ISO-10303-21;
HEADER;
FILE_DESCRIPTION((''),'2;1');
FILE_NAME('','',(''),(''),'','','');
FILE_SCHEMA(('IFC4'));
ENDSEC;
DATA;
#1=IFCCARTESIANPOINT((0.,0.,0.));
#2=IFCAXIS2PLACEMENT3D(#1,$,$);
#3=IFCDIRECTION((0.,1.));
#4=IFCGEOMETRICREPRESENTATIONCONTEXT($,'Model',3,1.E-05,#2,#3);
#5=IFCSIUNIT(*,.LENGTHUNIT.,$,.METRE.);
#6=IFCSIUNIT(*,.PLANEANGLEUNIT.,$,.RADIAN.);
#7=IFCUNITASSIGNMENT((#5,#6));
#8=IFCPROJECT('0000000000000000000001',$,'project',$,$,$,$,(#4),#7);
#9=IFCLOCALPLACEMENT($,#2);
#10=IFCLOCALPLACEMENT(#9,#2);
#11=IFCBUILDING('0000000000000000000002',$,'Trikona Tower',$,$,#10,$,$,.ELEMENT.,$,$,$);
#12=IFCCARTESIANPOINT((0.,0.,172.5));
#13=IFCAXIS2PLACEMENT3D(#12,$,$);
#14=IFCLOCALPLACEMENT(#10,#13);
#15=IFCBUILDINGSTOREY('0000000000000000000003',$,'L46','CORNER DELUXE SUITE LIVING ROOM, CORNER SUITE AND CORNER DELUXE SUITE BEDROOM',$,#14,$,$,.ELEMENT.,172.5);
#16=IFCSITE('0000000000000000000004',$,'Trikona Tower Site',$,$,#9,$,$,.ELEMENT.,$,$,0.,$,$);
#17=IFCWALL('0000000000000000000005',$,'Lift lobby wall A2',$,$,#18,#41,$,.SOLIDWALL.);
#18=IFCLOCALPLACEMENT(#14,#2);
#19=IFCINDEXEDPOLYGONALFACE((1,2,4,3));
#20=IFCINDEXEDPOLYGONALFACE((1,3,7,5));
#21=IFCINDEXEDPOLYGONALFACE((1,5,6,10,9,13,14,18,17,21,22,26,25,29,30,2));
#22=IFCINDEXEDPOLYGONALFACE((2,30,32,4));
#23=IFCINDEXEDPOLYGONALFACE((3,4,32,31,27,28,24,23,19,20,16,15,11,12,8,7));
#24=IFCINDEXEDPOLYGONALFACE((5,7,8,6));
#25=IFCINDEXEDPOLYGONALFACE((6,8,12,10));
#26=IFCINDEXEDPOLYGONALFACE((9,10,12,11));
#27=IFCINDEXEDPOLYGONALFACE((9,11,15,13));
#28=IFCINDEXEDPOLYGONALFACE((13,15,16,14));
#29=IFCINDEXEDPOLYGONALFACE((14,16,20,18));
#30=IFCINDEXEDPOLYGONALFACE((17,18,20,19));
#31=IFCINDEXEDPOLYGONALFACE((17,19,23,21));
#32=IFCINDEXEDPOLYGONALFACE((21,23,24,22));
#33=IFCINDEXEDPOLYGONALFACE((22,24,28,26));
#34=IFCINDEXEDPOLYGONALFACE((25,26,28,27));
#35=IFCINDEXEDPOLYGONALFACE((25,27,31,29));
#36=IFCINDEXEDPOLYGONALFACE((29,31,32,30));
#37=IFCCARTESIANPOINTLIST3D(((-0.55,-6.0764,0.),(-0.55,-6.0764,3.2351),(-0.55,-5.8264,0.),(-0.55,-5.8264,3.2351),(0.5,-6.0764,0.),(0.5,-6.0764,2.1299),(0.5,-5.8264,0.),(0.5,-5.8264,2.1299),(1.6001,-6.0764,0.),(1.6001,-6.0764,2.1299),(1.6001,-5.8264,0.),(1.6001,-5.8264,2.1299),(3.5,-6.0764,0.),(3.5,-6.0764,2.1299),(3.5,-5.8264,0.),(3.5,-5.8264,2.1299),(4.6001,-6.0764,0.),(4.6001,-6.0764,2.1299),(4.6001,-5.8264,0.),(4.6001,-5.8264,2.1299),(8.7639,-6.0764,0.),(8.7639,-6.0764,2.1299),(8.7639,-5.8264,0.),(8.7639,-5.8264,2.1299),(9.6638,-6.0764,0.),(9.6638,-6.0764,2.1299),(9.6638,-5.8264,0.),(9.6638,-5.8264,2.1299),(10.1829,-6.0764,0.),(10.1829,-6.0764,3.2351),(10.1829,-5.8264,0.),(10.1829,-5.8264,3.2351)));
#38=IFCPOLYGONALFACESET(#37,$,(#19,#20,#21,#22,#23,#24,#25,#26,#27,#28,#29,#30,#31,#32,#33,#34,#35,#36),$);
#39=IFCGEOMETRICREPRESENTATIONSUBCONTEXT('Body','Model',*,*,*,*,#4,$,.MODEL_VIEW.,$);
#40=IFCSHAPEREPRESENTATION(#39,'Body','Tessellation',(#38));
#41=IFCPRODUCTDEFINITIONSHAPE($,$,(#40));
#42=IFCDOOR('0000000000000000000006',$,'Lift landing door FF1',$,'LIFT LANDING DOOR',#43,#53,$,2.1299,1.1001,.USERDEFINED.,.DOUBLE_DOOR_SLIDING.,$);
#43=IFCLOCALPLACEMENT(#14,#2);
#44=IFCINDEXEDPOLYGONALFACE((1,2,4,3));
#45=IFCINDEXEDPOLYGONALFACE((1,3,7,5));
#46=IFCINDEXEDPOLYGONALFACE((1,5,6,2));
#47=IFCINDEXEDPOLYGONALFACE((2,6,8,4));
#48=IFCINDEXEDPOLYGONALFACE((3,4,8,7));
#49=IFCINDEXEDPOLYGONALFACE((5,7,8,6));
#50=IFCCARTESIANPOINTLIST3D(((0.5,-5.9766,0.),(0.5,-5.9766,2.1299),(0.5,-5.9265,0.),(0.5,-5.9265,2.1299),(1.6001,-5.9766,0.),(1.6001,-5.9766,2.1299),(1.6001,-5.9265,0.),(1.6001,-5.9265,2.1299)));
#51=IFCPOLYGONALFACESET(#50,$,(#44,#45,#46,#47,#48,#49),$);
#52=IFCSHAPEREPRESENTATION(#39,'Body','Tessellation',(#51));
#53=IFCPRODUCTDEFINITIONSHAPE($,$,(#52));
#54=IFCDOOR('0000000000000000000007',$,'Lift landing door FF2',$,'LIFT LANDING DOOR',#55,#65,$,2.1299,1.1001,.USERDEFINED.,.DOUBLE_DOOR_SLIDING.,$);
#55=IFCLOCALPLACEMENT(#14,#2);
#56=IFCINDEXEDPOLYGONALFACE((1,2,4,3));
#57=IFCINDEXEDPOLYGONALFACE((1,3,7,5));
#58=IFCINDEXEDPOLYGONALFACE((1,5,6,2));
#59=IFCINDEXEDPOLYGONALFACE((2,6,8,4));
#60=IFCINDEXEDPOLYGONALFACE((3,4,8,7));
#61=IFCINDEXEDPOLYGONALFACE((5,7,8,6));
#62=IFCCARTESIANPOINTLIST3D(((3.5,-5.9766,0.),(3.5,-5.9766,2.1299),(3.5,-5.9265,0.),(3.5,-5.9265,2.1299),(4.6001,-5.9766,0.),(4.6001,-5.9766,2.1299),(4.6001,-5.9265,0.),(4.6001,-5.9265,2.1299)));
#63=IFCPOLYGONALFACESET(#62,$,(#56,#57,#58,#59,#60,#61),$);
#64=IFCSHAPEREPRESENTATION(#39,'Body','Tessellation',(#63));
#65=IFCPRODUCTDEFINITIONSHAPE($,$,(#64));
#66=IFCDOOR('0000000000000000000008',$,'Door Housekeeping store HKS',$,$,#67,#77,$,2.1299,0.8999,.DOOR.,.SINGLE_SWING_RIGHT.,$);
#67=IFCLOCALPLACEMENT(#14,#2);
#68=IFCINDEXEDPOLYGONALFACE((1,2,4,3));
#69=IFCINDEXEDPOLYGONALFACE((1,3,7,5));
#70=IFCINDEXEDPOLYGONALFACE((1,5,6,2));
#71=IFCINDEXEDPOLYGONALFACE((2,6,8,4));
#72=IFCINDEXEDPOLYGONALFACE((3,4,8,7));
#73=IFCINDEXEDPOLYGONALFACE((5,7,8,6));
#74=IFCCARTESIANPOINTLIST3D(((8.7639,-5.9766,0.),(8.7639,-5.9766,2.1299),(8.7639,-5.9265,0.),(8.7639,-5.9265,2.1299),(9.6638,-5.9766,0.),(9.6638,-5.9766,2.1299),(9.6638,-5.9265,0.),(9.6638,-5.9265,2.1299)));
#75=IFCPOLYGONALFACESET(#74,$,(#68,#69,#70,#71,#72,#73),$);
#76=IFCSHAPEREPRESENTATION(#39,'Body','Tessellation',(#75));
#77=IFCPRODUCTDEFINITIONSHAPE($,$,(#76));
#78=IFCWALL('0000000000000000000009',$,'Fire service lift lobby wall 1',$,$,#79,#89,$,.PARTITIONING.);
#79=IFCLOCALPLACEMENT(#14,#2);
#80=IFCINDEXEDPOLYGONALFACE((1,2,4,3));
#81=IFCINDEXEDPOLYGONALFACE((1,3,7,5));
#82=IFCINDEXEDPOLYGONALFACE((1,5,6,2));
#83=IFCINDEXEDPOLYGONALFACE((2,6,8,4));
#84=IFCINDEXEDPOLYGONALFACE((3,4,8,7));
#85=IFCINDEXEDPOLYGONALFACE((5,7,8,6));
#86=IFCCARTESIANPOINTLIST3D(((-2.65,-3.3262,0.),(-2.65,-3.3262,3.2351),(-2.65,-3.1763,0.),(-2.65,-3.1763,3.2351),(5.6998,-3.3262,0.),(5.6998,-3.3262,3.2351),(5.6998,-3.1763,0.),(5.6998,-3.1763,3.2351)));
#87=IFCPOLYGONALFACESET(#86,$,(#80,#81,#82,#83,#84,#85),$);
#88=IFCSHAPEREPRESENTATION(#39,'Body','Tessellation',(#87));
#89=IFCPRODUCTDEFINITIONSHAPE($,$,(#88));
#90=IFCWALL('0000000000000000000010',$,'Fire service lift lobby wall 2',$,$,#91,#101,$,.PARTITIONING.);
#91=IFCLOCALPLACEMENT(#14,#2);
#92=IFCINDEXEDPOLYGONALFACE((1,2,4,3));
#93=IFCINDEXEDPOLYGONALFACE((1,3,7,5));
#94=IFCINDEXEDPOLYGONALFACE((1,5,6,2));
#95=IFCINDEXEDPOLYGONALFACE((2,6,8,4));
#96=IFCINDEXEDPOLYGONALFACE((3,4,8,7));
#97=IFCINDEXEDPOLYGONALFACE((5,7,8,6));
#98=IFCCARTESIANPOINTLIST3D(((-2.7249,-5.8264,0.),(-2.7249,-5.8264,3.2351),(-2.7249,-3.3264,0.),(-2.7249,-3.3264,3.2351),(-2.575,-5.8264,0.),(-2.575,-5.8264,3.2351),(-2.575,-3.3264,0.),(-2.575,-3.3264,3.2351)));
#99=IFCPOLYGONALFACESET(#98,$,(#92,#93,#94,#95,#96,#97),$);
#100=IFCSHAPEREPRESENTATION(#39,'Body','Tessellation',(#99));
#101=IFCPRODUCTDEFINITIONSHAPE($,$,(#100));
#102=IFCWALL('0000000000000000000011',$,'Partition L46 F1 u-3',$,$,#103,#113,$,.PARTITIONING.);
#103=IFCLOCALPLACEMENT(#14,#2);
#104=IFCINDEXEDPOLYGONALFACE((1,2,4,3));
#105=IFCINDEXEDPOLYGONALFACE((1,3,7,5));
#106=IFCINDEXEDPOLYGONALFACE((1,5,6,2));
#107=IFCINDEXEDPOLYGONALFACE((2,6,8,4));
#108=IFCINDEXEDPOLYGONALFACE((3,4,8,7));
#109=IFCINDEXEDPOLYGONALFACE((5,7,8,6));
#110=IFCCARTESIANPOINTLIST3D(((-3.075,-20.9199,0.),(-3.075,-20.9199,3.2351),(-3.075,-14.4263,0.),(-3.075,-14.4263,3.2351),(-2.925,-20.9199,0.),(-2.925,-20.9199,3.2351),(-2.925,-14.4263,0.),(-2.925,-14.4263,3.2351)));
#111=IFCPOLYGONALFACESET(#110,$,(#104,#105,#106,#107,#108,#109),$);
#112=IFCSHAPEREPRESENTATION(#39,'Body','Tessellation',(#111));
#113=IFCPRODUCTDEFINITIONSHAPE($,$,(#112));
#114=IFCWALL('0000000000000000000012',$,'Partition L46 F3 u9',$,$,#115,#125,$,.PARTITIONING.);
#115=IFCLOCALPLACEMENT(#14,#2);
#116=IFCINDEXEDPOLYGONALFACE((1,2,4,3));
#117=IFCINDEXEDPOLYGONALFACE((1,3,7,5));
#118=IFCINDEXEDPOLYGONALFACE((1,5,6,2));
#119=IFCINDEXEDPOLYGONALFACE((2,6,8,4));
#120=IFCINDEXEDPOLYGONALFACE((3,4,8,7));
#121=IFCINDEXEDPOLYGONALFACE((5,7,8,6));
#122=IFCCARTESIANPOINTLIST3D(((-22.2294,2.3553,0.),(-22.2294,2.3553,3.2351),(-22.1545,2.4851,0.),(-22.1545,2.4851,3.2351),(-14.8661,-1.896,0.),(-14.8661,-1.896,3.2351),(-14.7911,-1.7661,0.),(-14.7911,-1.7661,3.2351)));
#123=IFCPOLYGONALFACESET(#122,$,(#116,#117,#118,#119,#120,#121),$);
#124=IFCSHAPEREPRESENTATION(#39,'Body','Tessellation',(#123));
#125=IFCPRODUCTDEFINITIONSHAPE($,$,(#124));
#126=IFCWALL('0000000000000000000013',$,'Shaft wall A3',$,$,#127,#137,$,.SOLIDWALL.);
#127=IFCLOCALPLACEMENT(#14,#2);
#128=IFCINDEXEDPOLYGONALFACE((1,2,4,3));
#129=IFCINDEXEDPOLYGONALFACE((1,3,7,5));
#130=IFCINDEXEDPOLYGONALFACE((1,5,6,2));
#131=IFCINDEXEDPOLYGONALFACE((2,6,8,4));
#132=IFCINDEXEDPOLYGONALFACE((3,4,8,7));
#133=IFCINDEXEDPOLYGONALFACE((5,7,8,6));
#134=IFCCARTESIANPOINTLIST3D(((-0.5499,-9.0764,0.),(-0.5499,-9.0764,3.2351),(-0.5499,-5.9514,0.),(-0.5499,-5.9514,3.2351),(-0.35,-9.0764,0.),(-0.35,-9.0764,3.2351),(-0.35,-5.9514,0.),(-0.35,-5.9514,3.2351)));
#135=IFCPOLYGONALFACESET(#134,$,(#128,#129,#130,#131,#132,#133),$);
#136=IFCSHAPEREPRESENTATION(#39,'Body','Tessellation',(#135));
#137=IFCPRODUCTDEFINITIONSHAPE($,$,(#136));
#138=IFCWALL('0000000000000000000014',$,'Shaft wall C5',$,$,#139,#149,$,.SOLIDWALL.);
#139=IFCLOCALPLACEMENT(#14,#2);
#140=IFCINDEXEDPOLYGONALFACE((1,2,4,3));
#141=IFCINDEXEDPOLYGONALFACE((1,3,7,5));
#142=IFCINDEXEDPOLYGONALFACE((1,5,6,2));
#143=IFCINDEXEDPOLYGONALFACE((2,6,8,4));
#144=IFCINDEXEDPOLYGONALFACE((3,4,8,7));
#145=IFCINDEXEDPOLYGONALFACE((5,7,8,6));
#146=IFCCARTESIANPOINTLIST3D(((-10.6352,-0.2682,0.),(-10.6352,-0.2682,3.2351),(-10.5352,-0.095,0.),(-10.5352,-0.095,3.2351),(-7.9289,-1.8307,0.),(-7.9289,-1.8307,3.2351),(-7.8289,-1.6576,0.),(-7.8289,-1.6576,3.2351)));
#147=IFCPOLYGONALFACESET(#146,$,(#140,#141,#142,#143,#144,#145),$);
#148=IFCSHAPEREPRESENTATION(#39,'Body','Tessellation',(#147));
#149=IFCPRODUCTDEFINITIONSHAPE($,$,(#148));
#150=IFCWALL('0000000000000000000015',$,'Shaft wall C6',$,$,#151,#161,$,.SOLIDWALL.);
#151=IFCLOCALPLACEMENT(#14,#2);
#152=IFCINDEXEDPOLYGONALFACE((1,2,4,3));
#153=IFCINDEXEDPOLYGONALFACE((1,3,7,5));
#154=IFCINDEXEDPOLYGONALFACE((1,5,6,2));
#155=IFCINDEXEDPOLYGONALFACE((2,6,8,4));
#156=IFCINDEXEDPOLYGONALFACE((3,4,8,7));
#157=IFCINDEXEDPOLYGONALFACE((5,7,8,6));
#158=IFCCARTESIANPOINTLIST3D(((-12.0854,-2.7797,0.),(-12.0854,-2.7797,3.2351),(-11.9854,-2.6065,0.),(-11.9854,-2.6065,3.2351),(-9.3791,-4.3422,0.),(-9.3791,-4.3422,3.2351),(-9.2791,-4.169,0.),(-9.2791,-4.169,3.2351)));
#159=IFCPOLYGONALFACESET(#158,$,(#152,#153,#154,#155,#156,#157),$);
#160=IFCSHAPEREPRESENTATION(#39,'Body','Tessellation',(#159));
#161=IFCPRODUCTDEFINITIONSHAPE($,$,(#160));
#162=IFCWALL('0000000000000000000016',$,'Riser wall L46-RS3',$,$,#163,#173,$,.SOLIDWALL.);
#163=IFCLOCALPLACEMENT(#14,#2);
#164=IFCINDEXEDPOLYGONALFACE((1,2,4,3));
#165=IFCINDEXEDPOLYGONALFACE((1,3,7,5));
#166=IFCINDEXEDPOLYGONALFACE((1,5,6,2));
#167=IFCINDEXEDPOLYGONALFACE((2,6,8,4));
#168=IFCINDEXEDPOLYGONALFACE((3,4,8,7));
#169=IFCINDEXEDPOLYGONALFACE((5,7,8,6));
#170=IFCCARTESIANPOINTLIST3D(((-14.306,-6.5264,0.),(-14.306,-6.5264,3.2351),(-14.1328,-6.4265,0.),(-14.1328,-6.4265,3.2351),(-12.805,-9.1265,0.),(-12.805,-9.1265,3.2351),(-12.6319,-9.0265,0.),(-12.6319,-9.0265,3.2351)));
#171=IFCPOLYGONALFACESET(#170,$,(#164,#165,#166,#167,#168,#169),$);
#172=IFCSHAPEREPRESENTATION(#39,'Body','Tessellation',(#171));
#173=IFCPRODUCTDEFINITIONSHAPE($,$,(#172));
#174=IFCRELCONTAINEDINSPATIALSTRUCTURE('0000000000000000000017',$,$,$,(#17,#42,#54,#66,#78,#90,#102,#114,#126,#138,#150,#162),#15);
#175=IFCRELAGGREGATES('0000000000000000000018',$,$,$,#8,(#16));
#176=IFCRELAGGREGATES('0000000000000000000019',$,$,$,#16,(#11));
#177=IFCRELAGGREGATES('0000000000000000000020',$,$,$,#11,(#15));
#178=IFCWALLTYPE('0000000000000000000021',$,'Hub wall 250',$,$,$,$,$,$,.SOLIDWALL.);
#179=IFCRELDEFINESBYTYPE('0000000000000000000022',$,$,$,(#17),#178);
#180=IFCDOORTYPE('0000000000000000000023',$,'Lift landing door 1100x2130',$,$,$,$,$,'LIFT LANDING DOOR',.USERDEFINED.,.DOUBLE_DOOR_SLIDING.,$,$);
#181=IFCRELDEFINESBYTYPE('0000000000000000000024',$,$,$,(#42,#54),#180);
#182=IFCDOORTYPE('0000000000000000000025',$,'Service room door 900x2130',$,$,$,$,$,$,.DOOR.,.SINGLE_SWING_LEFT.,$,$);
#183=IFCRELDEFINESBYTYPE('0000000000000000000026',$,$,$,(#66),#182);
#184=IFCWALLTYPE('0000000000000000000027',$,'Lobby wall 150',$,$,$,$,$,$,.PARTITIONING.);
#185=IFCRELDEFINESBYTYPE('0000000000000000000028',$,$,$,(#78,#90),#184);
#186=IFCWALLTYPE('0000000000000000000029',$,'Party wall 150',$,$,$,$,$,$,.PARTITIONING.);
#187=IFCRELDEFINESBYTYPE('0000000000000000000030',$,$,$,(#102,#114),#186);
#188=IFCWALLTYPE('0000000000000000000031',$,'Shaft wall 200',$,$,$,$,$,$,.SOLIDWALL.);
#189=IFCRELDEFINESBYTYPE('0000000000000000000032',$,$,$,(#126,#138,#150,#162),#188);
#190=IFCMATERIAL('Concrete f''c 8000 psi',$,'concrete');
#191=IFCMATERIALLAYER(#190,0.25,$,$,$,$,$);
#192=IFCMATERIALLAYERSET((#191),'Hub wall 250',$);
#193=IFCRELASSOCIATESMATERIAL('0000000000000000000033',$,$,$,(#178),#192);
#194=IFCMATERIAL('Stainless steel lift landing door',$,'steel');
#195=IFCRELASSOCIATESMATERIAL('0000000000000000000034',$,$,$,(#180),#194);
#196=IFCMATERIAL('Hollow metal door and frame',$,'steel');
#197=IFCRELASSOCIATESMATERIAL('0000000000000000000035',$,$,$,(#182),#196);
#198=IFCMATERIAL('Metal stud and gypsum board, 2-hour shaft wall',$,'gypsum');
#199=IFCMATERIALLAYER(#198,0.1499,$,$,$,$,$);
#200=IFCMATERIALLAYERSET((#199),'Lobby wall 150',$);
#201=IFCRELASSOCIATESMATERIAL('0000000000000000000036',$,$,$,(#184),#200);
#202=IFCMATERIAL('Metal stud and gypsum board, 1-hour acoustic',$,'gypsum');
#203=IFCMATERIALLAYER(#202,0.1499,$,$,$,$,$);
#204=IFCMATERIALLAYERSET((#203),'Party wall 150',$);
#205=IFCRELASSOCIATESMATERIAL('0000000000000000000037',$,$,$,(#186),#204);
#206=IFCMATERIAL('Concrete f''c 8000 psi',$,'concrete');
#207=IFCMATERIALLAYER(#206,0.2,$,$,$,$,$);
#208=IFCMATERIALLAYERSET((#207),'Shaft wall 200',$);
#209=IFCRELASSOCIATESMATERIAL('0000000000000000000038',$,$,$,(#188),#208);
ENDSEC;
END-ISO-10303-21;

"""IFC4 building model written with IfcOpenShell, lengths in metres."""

from ifc_helpers import new_model, si_unit, direction, frame, frame_2d, origin, place, context, subcontext, project, spatial, rectangle, extrude, material, layer, layer_set, type_object, element, fill, save


model = new_model("IFC4")

# Units and contexts
model_context = context("Model", 3, precision=1e-05, world=origin(), true_north=direction((0.0, 1.0)))
body_context = subcontext(model_context, "Body", "Model", "MODEL_VIEW")
ifc_project = project(units=[si_unit("LENGTHUNIT", "METRE"), si_unit("PLANEANGLEUNIT", "RADIAN")], contexts=[model_context])

# Site, building, storey
site_placement = place(None, origin())
site = spatial("IfcSite", under=ifc_project, at=site_placement, Name="Trikona Tower Site", CompositionType="ELEMENT", RefElevation=0.0)
building_placement = place(site_placement, origin())
building = spatial("IfcBuilding", under=site, at=building_placement, Name="Trikona Tower", CompositionType="ELEMENT")
storey_placement = place(building_placement, frame((0.0, 0.0, 172.5)))
storey = spatial("IfcBuildingStorey", under=building, at=storey_placement, Name="L46", Description="CORNER DELUXE SUITE LIVING ROOM, CORNER SUITE AND CORNER DELUXE SUITE BEDROOM", CompositionType="ELEMENT", Elevation=172.5)

# Shared definitions
ifc_material_1 = material(Name="Concrete f'c 8000 psi", Category="concrete")
ifc_layer_1 = layer(ifc_material_1, 0.25)
ifc_layer_set_1 = layer_set([ifc_layer_1], Name="Hub wall 250")
wall_type_1 = type_object("IfcWallType", Name="Hub wall 250", PredefinedType="SOLIDWALL", material=ifc_layer_set_1)

# Wall, openings, doors
wall_1_placement = place(storey_placement, frame((-0.55, -5.9514, 0.0), z_axis=(0.0, 0.0, 1.0), x_axis=(1.0, 0.0, 0.0)))
wall_1 = element("IfcWall", 1, at=wall_1_placement, inside=storey, type_object=wall_type_1, Name="Lift lobby wall A2", PredefinedType="SOLIDWALL", context=body_context, shape_type="SweptSolid", body=[
    extrude(rectangle(XDim=10.7329, YDim=0.25, at=frame_2d((5.3665, 0.0))), origin(), (0.0, 0.0, 1.0), 3.2351),
])
opening_1_placement = place(wall_1_placement, frame((9.314, 0.0, 0.0)))
opening_1 = element("IfcOpeningElement", 2, at=opening_1_placement, cuts=wall_1, PredefinedType="OPENING", context=body_context, shape_type="SweptSolid", body=[
    extrude(rectangle(XDim=0.8999, YDim=2.1299, at=frame_2d((0.45, 1.0649))), frame((0.0, 0.135, 0.0), z_axis=(0.0, -1.0, 0.0), x_axis=(1.0, 0.0, 0.0)), (0.0, 0.0, 1.0), 0.27),
])
opening_2_placement = place(wall_1_placement, frame((1.05, 0.0, 0.0)))
opening_2 = element("IfcOpeningElement", 3, at=opening_2_placement, cuts=wall_1, PredefinedType="OPENING", context=body_context, shape_type="SweptSolid", body=[
    extrude(rectangle(XDim=1.1001, YDim=2.1299, at=frame_2d((0.55, 1.0649))), frame((0.0, 0.135, 0.0), z_axis=(0.0, -1.0, 0.0), x_axis=(1.0, 0.0, 0.0)), (0.0, 0.0, 1.0), 0.27),
])
opening_3_placement = place(wall_1_placement, frame((4.05, 0.0, 0.0)))
opening_3 = element("IfcOpeningElement", 4, at=opening_3_placement, cuts=wall_1, PredefinedType="OPENING", context=body_context, shape_type="SweptSolid", body=[
    extrude(rectangle(XDim=1.1001, YDim=2.1299, at=frame_2d((0.55, 1.0649))), frame((0.0, 0.135, 0.0), z_axis=(0.0, -1.0, 0.0), x_axis=(1.0, 0.0, 0.0)), (0.0, 0.0, 1.0), 0.27),
])
ifc_material_2 = material(Name="Stainless steel lift landing door", Category="steel")
door_type_1 = type_object("IfcDoorType", Name="Lift landing door 1100x2130", ElementType="LIFT LANDING DOOR", OperationType="DOUBLE_DOOR_SLIDING", PredefinedType="USERDEFINED", material=ifc_material_2)
door_1_placement = place(opening_2_placement, origin())
door_1 = element("IfcDoor", 5, at=door_1_placement, inside=storey, type_object=door_type_1, Name="Lift landing door FF1", ObjectType="LIFT LANDING DOOR", OperationType="DOUBLE_DOOR_SLIDING", OverallHeight=2.1299, OverallWidth=1.1001, PredefinedType="USERDEFINED", context=body_context, shape_type="SweptSolid", body=[
    extrude(rectangle(XDim=1.1001, YDim=2.1299, at=frame_2d((0.55, 1.0649))), frame((0.0, 0.0249, 0.0), z_axis=(0.0, -1.0, 0.0), x_axis=(1.0, 0.0, 0.0)), (0.0, 0.0, 1.0), 0.05),
])
fill(opening_2, door_1)
door_2_placement = place(opening_3_placement, origin())
door_2 = element("IfcDoor", 6, at=door_2_placement, inside=storey, type_object=door_type_1, Name="Lift landing door FF2", ObjectType="LIFT LANDING DOOR", OperationType="DOUBLE_DOOR_SLIDING", OverallHeight=2.1299, OverallWidth=1.1001, PredefinedType="USERDEFINED", context=body_context, shape_type="SweptSolid", body=[
    extrude(rectangle(XDim=1.1001, YDim=2.1299, at=frame_2d((0.55, 1.0649))), frame((0.0, 0.0249, 0.0), z_axis=(0.0, -1.0, 0.0), x_axis=(1.0, 0.0, 0.0)), (0.0, 0.0, 1.0), 0.05),
])
fill(opening_3, door_2)
ifc_material_3 = material(Name="Hollow metal door and frame", Category="steel")
door_type_2 = type_object("IfcDoorType", Name="Service room door 900x2130", OperationType="SINGLE_SWING_LEFT", PredefinedType="DOOR", material=ifc_material_3)
door_3_placement = place(opening_1_placement, origin())
door_3 = element("IfcDoor", 7, at=door_3_placement, inside=storey, type_object=door_type_2, Name="Door Housekeeping store HKS", OperationType="SINGLE_SWING_RIGHT", OverallHeight=2.1299, OverallWidth=0.8999, PredefinedType="DOOR", context=body_context, shape_type="SweptSolid", body=[
    extrude(rectangle(XDim=0.8999, YDim=2.1299, at=frame_2d((0.45, 1.0649))), frame((0.0, 0.0249, 0.0), z_axis=(0.0, -1.0, 0.0), x_axis=(1.0, 0.0, 0.0)), (0.0, 0.0, 1.0), 0.05),
])
fill(opening_1, door_3)

# Walls
ifc_material_4 = material(Name="Metal stud and gypsum board, 2-hour shaft wall", Category="gypsum")
ifc_layer_2 = layer(ifc_material_4, 0.1499)
ifc_layer_set_2 = layer_set([ifc_layer_2], Name="Lobby wall 150")
wall_type_2 = type_object("IfcWallType", Name="Lobby wall 150", PredefinedType="PARTITIONING", material=ifc_layer_set_2)
wall_2_placement = place(storey_placement, frame((-2.6499, -3.2512, 0.0), z_axis=(0.0, 0.0, 1.0), x_axis=(1.0, 0.0, 0.0)))
element("IfcWall", 8, at=wall_2_placement, inside=storey, type_object=wall_type_2, Name="Fire service lift lobby wall 1", PredefinedType="PARTITIONING", context=body_context, shape_type="SweptSolid", body=[
    extrude(rectangle(XDim=8.3499, YDim=0.1499, at=frame_2d((4.1748, 0.0))), origin(), (0.0, 0.0, 1.0), 3.2351),
])
wall_3_placement = place(storey_placement, frame((-2.6499, -5.8264, 0.0), z_axis=(0.0, 0.0, 1.0), x_axis=(0.0, 1.0, 0.0)))
element("IfcWall", 9, at=wall_3_placement, inside=storey, type_object=wall_type_2, Name="Fire service lift lobby wall 2", PredefinedType="PARTITIONING", context=body_context, shape_type="SweptSolid", body=[
    extrude(rectangle(XDim=2.5, YDim=0.1499, at=frame_2d((1.25, 0.0))), origin(), (0.0, 0.0, 1.0), 3.2351),
])
ifc_material_5 = material(Name="Metal stud and gypsum board, 1-hour acoustic", Category="gypsum")
ifc_layer_3 = layer(ifc_material_5, 0.1499)
ifc_layer_set_3 = layer_set([ifc_layer_3], Name="Party wall 150")
wall_type_3 = type_object("IfcWallType", Name="Party wall 150", PredefinedType="PARTITIONING", material=ifc_layer_set_3)
wall_4_placement = place(storey_placement, frame((-3.0, -14.4263, 0.0), z_axis=(0.0, 0.0, 1.0), x_axis=(0.0, -1.0, 0.0)))
element("IfcWall", 10, at=wall_4_placement, inside=storey, type_object=wall_type_3, Name="Partition L46 F1 u-3", PredefinedType="PARTITIONING", context=body_context, shape_type="SweptSolid", body=[
    extrude(rectangle(XDim=6.4937, YDim=0.1499, at=frame_2d((3.2468, 0.0))), origin(), (0.0, 0.0, 1.0), 3.2351),
])
wall_5_placement = place(storey_placement, frame((-14.8286, -1.8311, 0.0), z_axis=(0.0, 0.0, 1.0), x_axis=(-0.866024, 0.500002, 0.0)))
element("IfcWall", 11, at=wall_5_placement, inside=storey, type_object=wall_type_3, Name="Partition L46 F3 u9", PredefinedType="PARTITIONING", context=body_context, shape_type="SweptSolid", body=[
    extrude(rectangle(XDim=8.5024, YDim=0.1499, at=frame_2d((4.2512, 0.0))), origin(), (0.0, 0.0, 1.0), 3.2351),
])
ifc_material_6 = material(Name="Concrete f'c 8000 psi", Category="concrete")
ifc_layer_4 = layer(ifc_material_6, 0.2)
ifc_layer_set_4 = layer_set([ifc_layer_4], Name="Shaft wall 200")
wall_type_4 = type_object("IfcWallType", Name="Shaft wall 200", PredefinedType="SOLIDWALL", material=ifc_layer_set_4)
for number, where, z_axis, x_axis, name in (
    (12, (-0.45, -5.9514, 0.0), (0.0, 0.0, 1.0), (0.0, -1.0, 0.0), "Shaft wall A3"),
    (13, (-7.8789, -1.7441, 0.0), (0.0, 0.0, 1.0), (-0.866023, 0.500004, 0.0), "Shaft wall C5"),
    (14, (-9.3291, -4.2556, 0.0), (0.0, 0.0, 1.0), (-0.866023, 0.500004, 0.0), "Shaft wall C6"),
):
    element("IfcWall", number, at=place(storey_placement, frame(where, z_axis=z_axis, x_axis=x_axis)), inside=storey, type_object=wall_type_4, Name=name, PredefinedType="SOLIDWALL", context=body_context, shape_type="SweptSolid", body=[
        extrude(rectangle(XDim=3.125, YDim=0.2, at=frame_2d((1.5625, 0.0))), origin(), (0.0, 0.0, 1.0), 3.2351),
    ])
wall_6_placement = place(storey_placement, frame((-12.7185, -9.0764, 0.0), z_axis=(0.0, 0.0, 1.0), x_axis=(-0.499952, 0.866053, 0.0)))
element("IfcWall", 15, at=wall_6_placement, inside=storey, type_object=wall_type_4, Name="Riser wall L46-RS3", PredefinedType="SOLIDWALL", context=body_context, shape_type="SweptSolid", body=[
    extrude(rectangle(XDim=3.0022, YDim=0.2, at=frame_2d((1.501, 0.0))), origin(), (0.0, 0.0, 1.0), 3.2351),
])

save(model, "model.ifc")
